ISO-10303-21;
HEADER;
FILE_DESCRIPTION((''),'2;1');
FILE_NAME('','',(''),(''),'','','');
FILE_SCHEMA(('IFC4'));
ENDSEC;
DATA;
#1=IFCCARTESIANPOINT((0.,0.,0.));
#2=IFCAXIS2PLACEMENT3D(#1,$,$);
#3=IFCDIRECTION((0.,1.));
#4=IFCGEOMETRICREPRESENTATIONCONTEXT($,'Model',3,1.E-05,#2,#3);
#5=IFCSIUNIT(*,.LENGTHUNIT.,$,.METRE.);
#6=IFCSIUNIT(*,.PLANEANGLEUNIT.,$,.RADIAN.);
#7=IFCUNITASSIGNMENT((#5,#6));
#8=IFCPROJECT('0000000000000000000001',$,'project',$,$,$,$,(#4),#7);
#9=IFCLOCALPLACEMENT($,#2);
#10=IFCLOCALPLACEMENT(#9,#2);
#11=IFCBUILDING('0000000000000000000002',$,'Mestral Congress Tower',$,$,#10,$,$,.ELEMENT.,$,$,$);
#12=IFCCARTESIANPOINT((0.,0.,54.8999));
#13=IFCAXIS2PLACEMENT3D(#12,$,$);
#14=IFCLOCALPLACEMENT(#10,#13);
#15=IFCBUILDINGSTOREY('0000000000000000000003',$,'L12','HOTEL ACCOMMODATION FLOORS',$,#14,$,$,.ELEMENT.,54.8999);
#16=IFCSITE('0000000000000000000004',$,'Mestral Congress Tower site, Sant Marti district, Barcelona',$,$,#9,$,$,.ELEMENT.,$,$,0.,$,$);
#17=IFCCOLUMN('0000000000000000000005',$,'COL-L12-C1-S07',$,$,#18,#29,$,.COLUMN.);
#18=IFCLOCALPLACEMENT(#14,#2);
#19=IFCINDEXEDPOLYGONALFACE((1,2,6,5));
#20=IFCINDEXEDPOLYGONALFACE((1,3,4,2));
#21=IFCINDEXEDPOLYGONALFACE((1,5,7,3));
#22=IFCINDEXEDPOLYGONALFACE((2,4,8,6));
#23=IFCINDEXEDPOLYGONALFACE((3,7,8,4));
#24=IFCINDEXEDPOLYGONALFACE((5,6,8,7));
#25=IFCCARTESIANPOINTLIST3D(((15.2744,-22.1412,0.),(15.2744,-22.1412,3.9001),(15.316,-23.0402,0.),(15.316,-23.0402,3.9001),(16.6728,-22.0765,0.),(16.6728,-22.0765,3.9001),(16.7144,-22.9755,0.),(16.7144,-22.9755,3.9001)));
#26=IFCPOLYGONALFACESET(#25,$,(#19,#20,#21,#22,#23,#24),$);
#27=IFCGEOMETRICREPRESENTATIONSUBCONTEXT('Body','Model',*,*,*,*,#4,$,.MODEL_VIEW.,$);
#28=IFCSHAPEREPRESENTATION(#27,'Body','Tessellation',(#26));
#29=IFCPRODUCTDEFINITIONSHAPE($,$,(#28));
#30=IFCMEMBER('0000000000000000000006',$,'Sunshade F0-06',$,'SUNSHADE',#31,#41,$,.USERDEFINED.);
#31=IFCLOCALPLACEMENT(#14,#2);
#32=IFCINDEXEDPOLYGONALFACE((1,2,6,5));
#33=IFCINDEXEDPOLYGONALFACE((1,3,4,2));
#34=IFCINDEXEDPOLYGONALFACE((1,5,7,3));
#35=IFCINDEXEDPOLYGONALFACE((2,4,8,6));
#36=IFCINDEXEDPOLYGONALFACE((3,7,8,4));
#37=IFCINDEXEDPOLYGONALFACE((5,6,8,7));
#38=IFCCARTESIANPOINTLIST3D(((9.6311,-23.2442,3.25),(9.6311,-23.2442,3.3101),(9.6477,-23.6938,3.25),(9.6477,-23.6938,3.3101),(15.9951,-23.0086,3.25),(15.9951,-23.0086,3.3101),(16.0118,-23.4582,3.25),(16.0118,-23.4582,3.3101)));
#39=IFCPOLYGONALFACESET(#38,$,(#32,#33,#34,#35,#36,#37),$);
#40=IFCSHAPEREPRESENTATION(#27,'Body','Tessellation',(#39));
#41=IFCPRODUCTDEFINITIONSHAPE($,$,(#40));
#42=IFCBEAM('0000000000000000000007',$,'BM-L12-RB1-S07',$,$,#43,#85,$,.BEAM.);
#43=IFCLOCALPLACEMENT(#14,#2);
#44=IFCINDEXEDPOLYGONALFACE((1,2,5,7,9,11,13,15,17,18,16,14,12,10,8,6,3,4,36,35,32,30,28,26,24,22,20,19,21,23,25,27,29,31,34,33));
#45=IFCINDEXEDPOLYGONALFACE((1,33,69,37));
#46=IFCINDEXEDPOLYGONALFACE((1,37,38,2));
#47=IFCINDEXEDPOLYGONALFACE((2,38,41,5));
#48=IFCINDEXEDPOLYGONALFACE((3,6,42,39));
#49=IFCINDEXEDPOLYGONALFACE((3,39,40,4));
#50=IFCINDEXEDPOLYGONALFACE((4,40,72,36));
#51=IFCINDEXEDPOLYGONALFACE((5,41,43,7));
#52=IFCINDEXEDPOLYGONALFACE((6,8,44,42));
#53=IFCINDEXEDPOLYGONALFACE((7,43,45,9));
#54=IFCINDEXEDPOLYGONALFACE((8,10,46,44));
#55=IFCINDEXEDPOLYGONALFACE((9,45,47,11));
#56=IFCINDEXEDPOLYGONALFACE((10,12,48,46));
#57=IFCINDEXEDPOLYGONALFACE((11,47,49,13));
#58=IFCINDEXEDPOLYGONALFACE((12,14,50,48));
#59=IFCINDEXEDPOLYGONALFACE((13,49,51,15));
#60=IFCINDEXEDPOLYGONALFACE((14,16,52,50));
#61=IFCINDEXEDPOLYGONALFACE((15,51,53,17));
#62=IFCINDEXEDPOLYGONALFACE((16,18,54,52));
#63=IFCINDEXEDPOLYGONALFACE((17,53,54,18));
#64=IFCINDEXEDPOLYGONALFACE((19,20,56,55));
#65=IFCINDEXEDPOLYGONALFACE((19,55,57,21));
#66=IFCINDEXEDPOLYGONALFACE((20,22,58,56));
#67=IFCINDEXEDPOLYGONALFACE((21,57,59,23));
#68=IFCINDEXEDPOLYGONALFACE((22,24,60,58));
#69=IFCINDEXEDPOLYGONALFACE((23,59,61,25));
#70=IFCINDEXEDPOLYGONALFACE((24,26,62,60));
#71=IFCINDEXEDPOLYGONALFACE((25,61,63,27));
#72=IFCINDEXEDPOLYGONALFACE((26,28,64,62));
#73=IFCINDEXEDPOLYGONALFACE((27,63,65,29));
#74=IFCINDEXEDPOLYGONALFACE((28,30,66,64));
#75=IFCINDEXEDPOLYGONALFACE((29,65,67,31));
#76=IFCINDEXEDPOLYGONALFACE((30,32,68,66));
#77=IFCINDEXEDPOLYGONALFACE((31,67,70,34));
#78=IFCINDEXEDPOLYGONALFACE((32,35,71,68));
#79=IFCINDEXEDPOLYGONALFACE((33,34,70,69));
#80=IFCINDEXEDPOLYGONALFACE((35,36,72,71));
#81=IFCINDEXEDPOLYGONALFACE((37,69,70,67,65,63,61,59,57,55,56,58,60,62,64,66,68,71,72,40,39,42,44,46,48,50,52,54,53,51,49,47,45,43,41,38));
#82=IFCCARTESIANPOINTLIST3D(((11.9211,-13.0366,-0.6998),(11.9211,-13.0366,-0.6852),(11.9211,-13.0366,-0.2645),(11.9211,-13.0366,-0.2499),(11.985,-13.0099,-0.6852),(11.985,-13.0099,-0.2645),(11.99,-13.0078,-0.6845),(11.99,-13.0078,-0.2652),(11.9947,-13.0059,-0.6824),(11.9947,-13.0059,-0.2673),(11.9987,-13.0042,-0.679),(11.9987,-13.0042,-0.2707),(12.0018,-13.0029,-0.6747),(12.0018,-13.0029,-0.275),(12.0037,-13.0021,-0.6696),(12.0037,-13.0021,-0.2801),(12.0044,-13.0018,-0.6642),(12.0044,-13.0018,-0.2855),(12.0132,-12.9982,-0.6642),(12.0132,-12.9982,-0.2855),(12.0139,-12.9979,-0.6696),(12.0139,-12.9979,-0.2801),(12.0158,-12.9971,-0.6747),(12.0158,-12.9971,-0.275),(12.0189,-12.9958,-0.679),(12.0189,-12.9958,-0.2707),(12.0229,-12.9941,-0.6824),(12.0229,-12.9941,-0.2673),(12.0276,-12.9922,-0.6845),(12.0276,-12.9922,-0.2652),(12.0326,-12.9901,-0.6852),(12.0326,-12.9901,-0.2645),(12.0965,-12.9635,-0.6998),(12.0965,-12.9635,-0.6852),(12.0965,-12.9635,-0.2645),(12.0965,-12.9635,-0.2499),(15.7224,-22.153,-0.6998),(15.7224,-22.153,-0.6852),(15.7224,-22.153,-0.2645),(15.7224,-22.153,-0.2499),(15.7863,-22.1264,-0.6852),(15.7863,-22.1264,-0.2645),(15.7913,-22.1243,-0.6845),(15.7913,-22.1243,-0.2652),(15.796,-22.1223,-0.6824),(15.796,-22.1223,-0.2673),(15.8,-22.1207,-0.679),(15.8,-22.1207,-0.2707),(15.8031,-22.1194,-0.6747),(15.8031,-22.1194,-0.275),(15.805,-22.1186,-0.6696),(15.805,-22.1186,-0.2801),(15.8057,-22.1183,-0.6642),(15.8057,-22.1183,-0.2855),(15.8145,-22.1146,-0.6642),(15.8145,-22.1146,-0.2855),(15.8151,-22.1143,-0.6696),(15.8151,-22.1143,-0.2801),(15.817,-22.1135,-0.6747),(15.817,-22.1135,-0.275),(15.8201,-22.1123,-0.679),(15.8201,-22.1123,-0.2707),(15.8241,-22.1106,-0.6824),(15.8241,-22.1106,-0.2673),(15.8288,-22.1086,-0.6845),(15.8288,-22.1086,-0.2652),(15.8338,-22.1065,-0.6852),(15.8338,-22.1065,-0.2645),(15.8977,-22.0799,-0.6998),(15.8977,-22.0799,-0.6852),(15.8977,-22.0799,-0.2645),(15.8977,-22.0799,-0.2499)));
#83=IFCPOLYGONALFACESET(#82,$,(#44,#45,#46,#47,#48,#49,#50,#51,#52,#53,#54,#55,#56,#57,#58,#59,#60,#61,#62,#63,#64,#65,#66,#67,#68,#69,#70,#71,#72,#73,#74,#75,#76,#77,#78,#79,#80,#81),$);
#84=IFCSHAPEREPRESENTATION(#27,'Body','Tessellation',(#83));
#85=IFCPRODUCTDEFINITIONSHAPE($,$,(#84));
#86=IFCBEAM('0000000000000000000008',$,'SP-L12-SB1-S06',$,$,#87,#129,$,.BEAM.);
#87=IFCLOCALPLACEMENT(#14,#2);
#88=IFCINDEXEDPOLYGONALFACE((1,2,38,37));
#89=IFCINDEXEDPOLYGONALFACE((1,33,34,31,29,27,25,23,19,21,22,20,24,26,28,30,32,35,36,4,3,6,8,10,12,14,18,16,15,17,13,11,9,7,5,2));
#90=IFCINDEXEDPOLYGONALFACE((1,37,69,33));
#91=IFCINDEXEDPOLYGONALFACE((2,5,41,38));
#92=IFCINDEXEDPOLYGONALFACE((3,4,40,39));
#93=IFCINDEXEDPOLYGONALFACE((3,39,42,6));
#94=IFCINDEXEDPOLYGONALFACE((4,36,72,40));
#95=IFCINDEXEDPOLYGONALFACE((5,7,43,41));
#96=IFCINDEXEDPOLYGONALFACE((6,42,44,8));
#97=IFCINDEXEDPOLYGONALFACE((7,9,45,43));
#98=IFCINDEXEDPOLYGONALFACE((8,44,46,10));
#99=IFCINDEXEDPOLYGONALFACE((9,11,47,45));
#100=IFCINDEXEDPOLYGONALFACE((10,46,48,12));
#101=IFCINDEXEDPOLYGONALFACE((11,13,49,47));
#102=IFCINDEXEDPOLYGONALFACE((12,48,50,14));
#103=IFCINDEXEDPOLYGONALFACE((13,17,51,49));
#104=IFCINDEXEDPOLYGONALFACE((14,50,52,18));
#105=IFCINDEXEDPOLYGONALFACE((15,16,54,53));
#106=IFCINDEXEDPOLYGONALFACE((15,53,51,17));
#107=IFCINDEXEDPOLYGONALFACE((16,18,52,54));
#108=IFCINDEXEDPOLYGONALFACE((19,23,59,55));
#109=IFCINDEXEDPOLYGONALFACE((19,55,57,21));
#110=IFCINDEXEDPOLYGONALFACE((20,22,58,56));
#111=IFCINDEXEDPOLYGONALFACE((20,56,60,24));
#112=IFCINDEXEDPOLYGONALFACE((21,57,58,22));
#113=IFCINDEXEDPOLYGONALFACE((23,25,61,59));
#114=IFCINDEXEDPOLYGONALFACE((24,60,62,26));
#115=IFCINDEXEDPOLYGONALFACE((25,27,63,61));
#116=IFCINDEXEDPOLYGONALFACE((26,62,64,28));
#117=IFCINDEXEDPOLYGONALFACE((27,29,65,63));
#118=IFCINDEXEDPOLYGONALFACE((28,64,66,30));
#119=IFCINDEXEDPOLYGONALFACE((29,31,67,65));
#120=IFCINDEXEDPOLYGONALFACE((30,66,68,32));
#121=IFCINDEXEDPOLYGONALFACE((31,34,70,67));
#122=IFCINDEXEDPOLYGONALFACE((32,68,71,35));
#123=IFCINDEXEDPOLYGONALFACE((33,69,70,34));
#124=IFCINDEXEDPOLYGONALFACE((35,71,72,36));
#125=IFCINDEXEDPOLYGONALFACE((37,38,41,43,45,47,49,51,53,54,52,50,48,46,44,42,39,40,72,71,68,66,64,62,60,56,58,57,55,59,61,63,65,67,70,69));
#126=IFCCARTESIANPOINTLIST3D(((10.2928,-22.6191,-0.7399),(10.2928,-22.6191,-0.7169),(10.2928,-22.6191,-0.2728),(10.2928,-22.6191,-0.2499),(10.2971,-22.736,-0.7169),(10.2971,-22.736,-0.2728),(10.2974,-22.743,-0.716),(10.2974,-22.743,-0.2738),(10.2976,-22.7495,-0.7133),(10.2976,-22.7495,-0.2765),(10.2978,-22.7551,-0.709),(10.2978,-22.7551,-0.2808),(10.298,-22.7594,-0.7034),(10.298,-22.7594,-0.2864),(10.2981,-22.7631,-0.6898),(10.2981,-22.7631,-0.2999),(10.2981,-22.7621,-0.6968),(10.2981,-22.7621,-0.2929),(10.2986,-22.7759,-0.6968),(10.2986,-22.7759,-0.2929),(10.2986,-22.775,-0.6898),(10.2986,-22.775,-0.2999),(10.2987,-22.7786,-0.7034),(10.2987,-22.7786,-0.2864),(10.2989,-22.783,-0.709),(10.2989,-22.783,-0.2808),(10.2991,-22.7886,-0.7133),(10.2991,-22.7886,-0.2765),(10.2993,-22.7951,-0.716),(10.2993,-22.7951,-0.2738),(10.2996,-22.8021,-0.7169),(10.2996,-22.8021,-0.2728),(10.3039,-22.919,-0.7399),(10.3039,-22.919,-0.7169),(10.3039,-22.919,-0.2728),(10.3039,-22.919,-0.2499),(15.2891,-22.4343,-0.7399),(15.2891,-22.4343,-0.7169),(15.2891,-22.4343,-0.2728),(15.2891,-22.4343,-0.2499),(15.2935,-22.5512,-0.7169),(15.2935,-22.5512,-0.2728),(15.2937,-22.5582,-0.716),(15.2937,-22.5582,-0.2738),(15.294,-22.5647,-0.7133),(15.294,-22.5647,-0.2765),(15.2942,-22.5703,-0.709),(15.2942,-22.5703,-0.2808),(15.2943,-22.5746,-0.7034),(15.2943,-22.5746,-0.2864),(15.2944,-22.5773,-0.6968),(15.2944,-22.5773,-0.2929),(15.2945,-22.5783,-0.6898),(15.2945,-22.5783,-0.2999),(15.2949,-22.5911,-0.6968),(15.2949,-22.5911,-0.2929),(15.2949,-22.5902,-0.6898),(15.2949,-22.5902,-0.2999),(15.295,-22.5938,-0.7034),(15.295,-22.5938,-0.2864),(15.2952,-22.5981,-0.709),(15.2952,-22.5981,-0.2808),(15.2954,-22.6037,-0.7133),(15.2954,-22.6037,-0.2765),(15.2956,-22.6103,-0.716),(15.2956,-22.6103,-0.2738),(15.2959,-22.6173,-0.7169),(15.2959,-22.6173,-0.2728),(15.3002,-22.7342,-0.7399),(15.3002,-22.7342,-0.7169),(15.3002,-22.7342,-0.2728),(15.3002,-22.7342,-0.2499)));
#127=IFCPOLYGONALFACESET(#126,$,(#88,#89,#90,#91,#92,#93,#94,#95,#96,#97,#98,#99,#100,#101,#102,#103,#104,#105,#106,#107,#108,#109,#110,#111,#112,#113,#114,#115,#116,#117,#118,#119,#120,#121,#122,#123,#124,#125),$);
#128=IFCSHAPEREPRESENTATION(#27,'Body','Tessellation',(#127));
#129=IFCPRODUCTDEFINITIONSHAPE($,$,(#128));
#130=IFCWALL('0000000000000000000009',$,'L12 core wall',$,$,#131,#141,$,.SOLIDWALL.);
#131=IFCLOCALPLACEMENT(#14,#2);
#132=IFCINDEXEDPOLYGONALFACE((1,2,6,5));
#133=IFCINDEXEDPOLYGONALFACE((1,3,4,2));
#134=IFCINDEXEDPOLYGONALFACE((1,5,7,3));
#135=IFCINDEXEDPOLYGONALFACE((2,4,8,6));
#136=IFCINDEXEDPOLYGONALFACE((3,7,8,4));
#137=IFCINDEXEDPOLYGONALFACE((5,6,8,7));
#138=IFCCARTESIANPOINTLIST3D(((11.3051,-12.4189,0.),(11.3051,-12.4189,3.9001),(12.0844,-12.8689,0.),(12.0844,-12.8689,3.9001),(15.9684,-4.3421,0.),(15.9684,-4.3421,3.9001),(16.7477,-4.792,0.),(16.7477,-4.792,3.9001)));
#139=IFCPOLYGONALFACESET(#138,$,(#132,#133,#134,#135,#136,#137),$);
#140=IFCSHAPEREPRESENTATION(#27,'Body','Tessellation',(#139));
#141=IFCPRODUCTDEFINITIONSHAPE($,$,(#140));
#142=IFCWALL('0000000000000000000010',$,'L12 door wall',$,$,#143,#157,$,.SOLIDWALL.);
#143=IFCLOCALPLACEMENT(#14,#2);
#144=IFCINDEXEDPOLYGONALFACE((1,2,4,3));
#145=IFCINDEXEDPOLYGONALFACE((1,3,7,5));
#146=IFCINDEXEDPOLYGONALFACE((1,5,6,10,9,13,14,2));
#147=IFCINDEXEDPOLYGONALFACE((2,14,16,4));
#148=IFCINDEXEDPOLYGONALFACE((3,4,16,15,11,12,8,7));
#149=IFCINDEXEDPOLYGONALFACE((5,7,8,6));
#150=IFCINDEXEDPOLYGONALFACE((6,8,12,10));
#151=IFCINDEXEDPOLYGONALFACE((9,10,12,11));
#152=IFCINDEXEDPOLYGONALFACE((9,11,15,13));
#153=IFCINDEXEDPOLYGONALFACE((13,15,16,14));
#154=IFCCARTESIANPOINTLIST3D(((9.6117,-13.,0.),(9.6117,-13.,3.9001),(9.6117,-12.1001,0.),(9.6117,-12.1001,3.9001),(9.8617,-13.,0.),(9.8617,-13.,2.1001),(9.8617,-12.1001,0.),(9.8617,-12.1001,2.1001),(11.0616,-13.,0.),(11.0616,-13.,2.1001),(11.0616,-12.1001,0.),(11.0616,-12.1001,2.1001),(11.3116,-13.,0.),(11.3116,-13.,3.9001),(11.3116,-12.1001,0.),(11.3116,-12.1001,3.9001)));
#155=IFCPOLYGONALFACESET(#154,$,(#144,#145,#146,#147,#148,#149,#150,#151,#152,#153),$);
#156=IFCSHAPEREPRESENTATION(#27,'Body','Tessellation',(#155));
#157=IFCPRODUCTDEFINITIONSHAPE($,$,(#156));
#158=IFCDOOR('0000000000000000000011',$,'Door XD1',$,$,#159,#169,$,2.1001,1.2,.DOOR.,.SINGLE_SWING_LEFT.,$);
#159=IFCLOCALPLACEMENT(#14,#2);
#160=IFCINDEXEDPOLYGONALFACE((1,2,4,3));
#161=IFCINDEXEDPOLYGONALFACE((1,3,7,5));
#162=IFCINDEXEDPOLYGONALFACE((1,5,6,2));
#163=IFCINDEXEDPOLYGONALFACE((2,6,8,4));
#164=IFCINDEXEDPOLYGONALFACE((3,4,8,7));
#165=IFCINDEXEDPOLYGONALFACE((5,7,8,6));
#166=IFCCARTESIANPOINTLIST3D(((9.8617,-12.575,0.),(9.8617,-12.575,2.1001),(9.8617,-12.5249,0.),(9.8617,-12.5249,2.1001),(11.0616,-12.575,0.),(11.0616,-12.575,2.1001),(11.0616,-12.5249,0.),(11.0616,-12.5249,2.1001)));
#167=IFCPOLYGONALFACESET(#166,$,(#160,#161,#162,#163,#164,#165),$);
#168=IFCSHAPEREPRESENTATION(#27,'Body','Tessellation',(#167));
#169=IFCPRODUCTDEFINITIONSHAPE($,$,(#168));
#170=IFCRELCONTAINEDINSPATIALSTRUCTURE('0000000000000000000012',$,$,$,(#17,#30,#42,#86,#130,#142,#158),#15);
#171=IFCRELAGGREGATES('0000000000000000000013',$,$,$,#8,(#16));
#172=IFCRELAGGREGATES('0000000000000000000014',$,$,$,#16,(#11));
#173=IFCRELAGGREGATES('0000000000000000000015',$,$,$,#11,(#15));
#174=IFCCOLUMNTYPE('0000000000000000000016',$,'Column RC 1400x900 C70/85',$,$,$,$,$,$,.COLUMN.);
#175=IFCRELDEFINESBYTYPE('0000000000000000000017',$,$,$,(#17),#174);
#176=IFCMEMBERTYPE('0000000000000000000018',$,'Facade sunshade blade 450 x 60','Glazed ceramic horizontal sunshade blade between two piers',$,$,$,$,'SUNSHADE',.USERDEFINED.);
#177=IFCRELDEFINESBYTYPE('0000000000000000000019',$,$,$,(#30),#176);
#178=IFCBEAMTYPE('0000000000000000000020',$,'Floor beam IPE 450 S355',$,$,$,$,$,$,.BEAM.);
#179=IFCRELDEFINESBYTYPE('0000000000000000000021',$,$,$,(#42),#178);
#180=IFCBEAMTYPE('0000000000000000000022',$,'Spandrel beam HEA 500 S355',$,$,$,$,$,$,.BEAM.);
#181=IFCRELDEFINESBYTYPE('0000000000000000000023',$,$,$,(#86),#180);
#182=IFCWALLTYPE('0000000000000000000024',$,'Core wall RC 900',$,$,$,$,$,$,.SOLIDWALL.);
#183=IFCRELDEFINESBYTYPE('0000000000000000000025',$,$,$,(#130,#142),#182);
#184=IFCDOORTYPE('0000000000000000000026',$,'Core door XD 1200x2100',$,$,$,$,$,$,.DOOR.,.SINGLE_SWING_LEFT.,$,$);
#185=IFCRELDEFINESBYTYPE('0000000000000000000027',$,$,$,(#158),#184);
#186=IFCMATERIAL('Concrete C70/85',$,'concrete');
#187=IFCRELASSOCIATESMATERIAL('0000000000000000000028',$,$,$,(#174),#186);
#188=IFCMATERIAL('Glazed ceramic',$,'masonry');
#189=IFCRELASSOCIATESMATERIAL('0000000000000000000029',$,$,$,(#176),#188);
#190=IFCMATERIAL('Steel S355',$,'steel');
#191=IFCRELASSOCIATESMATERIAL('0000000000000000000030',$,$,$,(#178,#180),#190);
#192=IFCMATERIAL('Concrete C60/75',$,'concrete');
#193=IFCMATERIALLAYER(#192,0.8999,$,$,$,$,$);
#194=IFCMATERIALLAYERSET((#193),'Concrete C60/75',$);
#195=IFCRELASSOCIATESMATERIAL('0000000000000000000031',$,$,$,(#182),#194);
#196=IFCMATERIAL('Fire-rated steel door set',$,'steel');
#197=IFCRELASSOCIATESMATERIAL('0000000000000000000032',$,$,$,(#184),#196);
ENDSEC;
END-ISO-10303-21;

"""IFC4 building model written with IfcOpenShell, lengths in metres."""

from ifc_helpers import new_model, si_unit, direction, frame, frame_2d, origin, origin_2d, place, context, subcontext, project, spatial, rectangle, i_section, extrude, material, layer, layer_set, material_profile, profile_set, type_object, element, fill, save


model = new_model("IFC4")

# Units and contexts
model_context = context("Model", 3, precision=1e-05, world=origin(), true_north=direction((0.0, 1.0)))
body_context = subcontext(model_context, "Body", "Model", "MODEL_VIEW")
ifc_project = project(units=[si_unit("LENGTHUNIT", "METRE"), si_unit("PLANEANGLEUNIT", "RADIAN")], contexts=[model_context])

# Site, building, storey
site_placement = place(None, origin())
site = spatial("IfcSite", under=ifc_project, at=site_placement, Name="Mestral Congress Tower site, Sant Marti district, Barcelona", CompositionType="ELEMENT", RefElevation=0.0)
building_placement = place(site_placement, origin())
building = spatial("IfcBuilding", under=site, at=building_placement, Name="Mestral Congress Tower", CompositionType="ELEMENT")
storey_placement = place(building_placement, frame((0.0, 0.0, 54.8999)))
storey = spatial("IfcBuildingStorey", under=building, at=storey_placement, Name="L12", Description="HOTEL ACCOMMODATION FLOORS", CompositionType="ELEMENT", Elevation=54.8999)

# Column
ifc_material_1 = material(Name="Concrete C70/85", Category="concrete")
ifc_material_profile_1 = material_profile(ifc_material_1, rectangle(XDim=1.3999, YDim=0.8999, at=origin_2d()), Name="RC 1400x900")
ifc_profile_set_1 = profile_set([ifc_material_profile_1], Name="Concrete C70/85")
column_type = type_object("IfcColumnType", Name="Column RC 1400x900 C70/85", PredefinedType="COLUMN", material=ifc_profile_set_1)
column_placement = place(storey_placement, frame((15.9944, -22.5583, 0.0), z_axis=(0.0, 0.0, 1.0), x_axis=(0.998932, 0.0462, 0.0)))
element("IfcColumn", 1, at=column_placement, inside=storey, type_object=column_type, Name="COL-L12-C1-S07", PredefinedType="COLUMN", context=body_context, shape_type="SweptSolid", body=[
    extrude(rectangle(XDim=1.3999, YDim=0.8999, at=origin_2d()), origin(), (0.0, 0.0, 1.0), 3.9001),
])

# Member
ifc_material_2 = material(Name="Glazed ceramic", Category="masonry")
ifc_material_profile_2 = material_profile(ifc_material_2, rectangle(XDim=0.45, YDim=0.0601, at=origin_2d()), Name="Ceramic blade 450 x 60")
ifc_profile_set_2 = profile_set([ifc_material_profile_2], Name="Glazed ceramic")
member_type = type_object("IfcMemberType", Name="Facade sunshade blade 450 x 60", Description="Glazed ceramic horizontal sunshade blade between two piers", ElementType="SUNSHADE", PredefinedType="USERDEFINED", material=ifc_profile_set_2)
member_placement = place(storey_placement, frame((9.6394, -23.469, 3.28), z_axis=(0.999315, 0.036995, 0.0), x_axis=(-0.036995, 0.999315, 0.0)))
element("IfcMember", 2, at=member_placement, inside=storey, type_object=member_type, Name="Sunshade F0-06", ObjectType="SUNSHADE", PredefinedType="USERDEFINED", context=body_context, shape_type="SweptSolid", body=[
    extrude(rectangle(XDim=0.45, YDim=0.0601, at=origin_2d()), origin(), (0.0, 0.0, 1.0), 6.3684),
])

# Beams
ifc_material_3 = material(Name="Steel S355", Category="steel")
ifc_material_profile_3 = material_profile(ifc_material_3, i_section(OverallWidth=0.1899, OverallDepth=0.45, WebThickness=0.0095, FlangeThickness=0.0146, FilletRadius=0.021, at=origin_2d()), Name="IPE 450")
ifc_profile_set_3 = profile_set([ifc_material_profile_3], Name="Steel S355")
beam_type_1 = type_object("IfcBeamType", Name="Floor beam IPE 450 S355", PredefinedType="BEAM", material=ifc_profile_set_3)
beam_1_placement = place(storey_placement, frame((15.8101, -22.1165, -0.4749), z_axis=(-0.384852, 0.922978, 0.0), x_axis=(-0.922978, -0.384852, 0.0)))
element("IfcBeam", 3, at=beam_1_placement, inside=storey, type_object=beam_type_1, Name="BM-L12-RB1-S07", PredefinedType="BEAM", context=body_context, shape_type="SweptSolid", body=[
    extrude(i_section(OverallWidth=0.1899, OverallDepth=0.45, WebThickness=0.0095, FlangeThickness=0.0146, FilletRadius=0.021, at=origin_2d()), origin(), (0.0, 0.0, 1.0), 9.8772),
])
ifc_material_profile_4 = material_profile(ifc_material_3, i_section(OverallWidth=0.3, OverallDepth=0.49, WebThickness=0.012, FlangeThickness=0.0229, FilletRadius=0.0271, at=origin_2d()), Name="HEA 500")
ifc_profile_set_4 = profile_set([ifc_material_profile_4], Name="Steel S355")
beam_type_2 = type_object("IfcBeamType", Name="Spandrel beam HEA 500 S355", PredefinedType="BEAM", material=ifc_profile_set_4)
beam_2_placement = place(storey_placement, frame((10.2983, -22.769, -0.4949), z_axis=(0.999317, 0.036965, 0.0), x_axis=(-0.036965, 0.999317, 0.0)))
element("IfcBeam", 4, at=beam_2_placement, inside=storey, type_object=beam_type_2, Name="SP-L12-SB1-S06", PredefinedType="BEAM", context=body_context, shape_type="SweptSolid", body=[
    extrude(i_section(OverallWidth=0.3, OverallDepth=0.49, WebThickness=0.012, FlangeThickness=0.0229, FilletRadius=0.0271, at=origin_2d()), origin(), (0.0, 0.0, 1.0), 4.9998),
])

# Wall
ifc_material_4 = material(Name="Concrete C60/75", Category="concrete")
ifc_layer_1 = layer(ifc_material_4, 0.8999)
ifc_layer_set_1 = layer_set([ifc_layer_1], Name="Concrete C60/75")
wall_type_1 = type_object("IfcWallType", Name="Core wall RC 900", PredefinedType="SOLIDWALL", material=ifc_layer_set_1)
wall_1_placement = place(storey_placement, frame((11.6948, -12.6438, 0.0), z_axis=(0.0, 0.0, 1.0), x_axis=(0.50001, 0.866019, 0.0)))
element("IfcWall", 5, at=wall_1_placement, inside=storey, type_object=wall_type_1, Name="L12 core wall", PredefinedType="SOLIDWALL", context=body_context, shape_type="SweptSolid", body=[
    extrude(rectangle(XDim=9.3264, YDim=0.8999, at=frame_2d((4.6631, 0.0))), origin(), (0.0, 0.0, 1.0), 3.9001),
])

# Wall, opening, door
wall_2_placement = place(storey_placement, frame((11.3118, -12.55, 0.0), z_axis=(0.0, 0.0, 1.0), x_axis=(-1.0, 0.0, 0.0)))
wall_2 = element("IfcWall", 6, at=wall_2_placement, inside=storey, type_object=wall_type_1, Name="L12 door wall", PredefinedType="SOLIDWALL", context=body_context, shape_type="SweptSolid", body=[
    extrude(rectangle(XDim=1.7, YDim=0.8999, at=frame_2d((0.8501, 0.0))), origin(), (0.0, 0.0, 1.0), 3.9001),
])
opening_1_placement = place(wall_2_placement, frame((0.25, 0.0, 0.0)))
opening_1 = element("IfcOpeningElement", 7, at=opening_1_placement, cuts=wall_2, PredefinedType="OPENING", context=body_context, shape_type="SweptSolid", body=[
    extrude(rectangle(XDim=1.2, YDim=2.1001, at=frame_2d((0.6001, 1.05))), frame((0.0, 0.46, 0.0), z_axis=(0.0, -1.0, 0.0), x_axis=(1.0, 0.0, 0.0)), (0.0, 0.0, 1.0), 0.9199),
])
ifc_material_5 = material(Name="Fire-rated steel door set", Category="steel")
door_type_1 = type_object("IfcDoorType", Name="Core door XD 1200x2100", OperationType="SINGLE_SWING_LEFT", PredefinedType="DOOR", material=ifc_material_5)
door_1_placement = place(opening_1_placement, origin())
door_1 = element("IfcDoor", 8, at=door_1_placement, inside=storey, type_object=door_type_1, Name="Door XD1", OperationType="SINGLE_SWING_LEFT", OverallHeight=2.1001, OverallWidth=1.2, PredefinedType="DOOR", context=body_context, shape_type="SweptSolid", body=[
    extrude(rectangle(XDim=1.2, YDim=2.1001, at=frame_2d((0.6001, 1.05))), frame((0.0, 0.0249, 0.0), z_axis=(0.0, -1.0, 0.0), x_axis=(1.0, 0.0, 0.0)), (0.0, 0.0, 1.0), 0.05),
])
fill(opening_1, door_1)

save(model, "model.ifc")
